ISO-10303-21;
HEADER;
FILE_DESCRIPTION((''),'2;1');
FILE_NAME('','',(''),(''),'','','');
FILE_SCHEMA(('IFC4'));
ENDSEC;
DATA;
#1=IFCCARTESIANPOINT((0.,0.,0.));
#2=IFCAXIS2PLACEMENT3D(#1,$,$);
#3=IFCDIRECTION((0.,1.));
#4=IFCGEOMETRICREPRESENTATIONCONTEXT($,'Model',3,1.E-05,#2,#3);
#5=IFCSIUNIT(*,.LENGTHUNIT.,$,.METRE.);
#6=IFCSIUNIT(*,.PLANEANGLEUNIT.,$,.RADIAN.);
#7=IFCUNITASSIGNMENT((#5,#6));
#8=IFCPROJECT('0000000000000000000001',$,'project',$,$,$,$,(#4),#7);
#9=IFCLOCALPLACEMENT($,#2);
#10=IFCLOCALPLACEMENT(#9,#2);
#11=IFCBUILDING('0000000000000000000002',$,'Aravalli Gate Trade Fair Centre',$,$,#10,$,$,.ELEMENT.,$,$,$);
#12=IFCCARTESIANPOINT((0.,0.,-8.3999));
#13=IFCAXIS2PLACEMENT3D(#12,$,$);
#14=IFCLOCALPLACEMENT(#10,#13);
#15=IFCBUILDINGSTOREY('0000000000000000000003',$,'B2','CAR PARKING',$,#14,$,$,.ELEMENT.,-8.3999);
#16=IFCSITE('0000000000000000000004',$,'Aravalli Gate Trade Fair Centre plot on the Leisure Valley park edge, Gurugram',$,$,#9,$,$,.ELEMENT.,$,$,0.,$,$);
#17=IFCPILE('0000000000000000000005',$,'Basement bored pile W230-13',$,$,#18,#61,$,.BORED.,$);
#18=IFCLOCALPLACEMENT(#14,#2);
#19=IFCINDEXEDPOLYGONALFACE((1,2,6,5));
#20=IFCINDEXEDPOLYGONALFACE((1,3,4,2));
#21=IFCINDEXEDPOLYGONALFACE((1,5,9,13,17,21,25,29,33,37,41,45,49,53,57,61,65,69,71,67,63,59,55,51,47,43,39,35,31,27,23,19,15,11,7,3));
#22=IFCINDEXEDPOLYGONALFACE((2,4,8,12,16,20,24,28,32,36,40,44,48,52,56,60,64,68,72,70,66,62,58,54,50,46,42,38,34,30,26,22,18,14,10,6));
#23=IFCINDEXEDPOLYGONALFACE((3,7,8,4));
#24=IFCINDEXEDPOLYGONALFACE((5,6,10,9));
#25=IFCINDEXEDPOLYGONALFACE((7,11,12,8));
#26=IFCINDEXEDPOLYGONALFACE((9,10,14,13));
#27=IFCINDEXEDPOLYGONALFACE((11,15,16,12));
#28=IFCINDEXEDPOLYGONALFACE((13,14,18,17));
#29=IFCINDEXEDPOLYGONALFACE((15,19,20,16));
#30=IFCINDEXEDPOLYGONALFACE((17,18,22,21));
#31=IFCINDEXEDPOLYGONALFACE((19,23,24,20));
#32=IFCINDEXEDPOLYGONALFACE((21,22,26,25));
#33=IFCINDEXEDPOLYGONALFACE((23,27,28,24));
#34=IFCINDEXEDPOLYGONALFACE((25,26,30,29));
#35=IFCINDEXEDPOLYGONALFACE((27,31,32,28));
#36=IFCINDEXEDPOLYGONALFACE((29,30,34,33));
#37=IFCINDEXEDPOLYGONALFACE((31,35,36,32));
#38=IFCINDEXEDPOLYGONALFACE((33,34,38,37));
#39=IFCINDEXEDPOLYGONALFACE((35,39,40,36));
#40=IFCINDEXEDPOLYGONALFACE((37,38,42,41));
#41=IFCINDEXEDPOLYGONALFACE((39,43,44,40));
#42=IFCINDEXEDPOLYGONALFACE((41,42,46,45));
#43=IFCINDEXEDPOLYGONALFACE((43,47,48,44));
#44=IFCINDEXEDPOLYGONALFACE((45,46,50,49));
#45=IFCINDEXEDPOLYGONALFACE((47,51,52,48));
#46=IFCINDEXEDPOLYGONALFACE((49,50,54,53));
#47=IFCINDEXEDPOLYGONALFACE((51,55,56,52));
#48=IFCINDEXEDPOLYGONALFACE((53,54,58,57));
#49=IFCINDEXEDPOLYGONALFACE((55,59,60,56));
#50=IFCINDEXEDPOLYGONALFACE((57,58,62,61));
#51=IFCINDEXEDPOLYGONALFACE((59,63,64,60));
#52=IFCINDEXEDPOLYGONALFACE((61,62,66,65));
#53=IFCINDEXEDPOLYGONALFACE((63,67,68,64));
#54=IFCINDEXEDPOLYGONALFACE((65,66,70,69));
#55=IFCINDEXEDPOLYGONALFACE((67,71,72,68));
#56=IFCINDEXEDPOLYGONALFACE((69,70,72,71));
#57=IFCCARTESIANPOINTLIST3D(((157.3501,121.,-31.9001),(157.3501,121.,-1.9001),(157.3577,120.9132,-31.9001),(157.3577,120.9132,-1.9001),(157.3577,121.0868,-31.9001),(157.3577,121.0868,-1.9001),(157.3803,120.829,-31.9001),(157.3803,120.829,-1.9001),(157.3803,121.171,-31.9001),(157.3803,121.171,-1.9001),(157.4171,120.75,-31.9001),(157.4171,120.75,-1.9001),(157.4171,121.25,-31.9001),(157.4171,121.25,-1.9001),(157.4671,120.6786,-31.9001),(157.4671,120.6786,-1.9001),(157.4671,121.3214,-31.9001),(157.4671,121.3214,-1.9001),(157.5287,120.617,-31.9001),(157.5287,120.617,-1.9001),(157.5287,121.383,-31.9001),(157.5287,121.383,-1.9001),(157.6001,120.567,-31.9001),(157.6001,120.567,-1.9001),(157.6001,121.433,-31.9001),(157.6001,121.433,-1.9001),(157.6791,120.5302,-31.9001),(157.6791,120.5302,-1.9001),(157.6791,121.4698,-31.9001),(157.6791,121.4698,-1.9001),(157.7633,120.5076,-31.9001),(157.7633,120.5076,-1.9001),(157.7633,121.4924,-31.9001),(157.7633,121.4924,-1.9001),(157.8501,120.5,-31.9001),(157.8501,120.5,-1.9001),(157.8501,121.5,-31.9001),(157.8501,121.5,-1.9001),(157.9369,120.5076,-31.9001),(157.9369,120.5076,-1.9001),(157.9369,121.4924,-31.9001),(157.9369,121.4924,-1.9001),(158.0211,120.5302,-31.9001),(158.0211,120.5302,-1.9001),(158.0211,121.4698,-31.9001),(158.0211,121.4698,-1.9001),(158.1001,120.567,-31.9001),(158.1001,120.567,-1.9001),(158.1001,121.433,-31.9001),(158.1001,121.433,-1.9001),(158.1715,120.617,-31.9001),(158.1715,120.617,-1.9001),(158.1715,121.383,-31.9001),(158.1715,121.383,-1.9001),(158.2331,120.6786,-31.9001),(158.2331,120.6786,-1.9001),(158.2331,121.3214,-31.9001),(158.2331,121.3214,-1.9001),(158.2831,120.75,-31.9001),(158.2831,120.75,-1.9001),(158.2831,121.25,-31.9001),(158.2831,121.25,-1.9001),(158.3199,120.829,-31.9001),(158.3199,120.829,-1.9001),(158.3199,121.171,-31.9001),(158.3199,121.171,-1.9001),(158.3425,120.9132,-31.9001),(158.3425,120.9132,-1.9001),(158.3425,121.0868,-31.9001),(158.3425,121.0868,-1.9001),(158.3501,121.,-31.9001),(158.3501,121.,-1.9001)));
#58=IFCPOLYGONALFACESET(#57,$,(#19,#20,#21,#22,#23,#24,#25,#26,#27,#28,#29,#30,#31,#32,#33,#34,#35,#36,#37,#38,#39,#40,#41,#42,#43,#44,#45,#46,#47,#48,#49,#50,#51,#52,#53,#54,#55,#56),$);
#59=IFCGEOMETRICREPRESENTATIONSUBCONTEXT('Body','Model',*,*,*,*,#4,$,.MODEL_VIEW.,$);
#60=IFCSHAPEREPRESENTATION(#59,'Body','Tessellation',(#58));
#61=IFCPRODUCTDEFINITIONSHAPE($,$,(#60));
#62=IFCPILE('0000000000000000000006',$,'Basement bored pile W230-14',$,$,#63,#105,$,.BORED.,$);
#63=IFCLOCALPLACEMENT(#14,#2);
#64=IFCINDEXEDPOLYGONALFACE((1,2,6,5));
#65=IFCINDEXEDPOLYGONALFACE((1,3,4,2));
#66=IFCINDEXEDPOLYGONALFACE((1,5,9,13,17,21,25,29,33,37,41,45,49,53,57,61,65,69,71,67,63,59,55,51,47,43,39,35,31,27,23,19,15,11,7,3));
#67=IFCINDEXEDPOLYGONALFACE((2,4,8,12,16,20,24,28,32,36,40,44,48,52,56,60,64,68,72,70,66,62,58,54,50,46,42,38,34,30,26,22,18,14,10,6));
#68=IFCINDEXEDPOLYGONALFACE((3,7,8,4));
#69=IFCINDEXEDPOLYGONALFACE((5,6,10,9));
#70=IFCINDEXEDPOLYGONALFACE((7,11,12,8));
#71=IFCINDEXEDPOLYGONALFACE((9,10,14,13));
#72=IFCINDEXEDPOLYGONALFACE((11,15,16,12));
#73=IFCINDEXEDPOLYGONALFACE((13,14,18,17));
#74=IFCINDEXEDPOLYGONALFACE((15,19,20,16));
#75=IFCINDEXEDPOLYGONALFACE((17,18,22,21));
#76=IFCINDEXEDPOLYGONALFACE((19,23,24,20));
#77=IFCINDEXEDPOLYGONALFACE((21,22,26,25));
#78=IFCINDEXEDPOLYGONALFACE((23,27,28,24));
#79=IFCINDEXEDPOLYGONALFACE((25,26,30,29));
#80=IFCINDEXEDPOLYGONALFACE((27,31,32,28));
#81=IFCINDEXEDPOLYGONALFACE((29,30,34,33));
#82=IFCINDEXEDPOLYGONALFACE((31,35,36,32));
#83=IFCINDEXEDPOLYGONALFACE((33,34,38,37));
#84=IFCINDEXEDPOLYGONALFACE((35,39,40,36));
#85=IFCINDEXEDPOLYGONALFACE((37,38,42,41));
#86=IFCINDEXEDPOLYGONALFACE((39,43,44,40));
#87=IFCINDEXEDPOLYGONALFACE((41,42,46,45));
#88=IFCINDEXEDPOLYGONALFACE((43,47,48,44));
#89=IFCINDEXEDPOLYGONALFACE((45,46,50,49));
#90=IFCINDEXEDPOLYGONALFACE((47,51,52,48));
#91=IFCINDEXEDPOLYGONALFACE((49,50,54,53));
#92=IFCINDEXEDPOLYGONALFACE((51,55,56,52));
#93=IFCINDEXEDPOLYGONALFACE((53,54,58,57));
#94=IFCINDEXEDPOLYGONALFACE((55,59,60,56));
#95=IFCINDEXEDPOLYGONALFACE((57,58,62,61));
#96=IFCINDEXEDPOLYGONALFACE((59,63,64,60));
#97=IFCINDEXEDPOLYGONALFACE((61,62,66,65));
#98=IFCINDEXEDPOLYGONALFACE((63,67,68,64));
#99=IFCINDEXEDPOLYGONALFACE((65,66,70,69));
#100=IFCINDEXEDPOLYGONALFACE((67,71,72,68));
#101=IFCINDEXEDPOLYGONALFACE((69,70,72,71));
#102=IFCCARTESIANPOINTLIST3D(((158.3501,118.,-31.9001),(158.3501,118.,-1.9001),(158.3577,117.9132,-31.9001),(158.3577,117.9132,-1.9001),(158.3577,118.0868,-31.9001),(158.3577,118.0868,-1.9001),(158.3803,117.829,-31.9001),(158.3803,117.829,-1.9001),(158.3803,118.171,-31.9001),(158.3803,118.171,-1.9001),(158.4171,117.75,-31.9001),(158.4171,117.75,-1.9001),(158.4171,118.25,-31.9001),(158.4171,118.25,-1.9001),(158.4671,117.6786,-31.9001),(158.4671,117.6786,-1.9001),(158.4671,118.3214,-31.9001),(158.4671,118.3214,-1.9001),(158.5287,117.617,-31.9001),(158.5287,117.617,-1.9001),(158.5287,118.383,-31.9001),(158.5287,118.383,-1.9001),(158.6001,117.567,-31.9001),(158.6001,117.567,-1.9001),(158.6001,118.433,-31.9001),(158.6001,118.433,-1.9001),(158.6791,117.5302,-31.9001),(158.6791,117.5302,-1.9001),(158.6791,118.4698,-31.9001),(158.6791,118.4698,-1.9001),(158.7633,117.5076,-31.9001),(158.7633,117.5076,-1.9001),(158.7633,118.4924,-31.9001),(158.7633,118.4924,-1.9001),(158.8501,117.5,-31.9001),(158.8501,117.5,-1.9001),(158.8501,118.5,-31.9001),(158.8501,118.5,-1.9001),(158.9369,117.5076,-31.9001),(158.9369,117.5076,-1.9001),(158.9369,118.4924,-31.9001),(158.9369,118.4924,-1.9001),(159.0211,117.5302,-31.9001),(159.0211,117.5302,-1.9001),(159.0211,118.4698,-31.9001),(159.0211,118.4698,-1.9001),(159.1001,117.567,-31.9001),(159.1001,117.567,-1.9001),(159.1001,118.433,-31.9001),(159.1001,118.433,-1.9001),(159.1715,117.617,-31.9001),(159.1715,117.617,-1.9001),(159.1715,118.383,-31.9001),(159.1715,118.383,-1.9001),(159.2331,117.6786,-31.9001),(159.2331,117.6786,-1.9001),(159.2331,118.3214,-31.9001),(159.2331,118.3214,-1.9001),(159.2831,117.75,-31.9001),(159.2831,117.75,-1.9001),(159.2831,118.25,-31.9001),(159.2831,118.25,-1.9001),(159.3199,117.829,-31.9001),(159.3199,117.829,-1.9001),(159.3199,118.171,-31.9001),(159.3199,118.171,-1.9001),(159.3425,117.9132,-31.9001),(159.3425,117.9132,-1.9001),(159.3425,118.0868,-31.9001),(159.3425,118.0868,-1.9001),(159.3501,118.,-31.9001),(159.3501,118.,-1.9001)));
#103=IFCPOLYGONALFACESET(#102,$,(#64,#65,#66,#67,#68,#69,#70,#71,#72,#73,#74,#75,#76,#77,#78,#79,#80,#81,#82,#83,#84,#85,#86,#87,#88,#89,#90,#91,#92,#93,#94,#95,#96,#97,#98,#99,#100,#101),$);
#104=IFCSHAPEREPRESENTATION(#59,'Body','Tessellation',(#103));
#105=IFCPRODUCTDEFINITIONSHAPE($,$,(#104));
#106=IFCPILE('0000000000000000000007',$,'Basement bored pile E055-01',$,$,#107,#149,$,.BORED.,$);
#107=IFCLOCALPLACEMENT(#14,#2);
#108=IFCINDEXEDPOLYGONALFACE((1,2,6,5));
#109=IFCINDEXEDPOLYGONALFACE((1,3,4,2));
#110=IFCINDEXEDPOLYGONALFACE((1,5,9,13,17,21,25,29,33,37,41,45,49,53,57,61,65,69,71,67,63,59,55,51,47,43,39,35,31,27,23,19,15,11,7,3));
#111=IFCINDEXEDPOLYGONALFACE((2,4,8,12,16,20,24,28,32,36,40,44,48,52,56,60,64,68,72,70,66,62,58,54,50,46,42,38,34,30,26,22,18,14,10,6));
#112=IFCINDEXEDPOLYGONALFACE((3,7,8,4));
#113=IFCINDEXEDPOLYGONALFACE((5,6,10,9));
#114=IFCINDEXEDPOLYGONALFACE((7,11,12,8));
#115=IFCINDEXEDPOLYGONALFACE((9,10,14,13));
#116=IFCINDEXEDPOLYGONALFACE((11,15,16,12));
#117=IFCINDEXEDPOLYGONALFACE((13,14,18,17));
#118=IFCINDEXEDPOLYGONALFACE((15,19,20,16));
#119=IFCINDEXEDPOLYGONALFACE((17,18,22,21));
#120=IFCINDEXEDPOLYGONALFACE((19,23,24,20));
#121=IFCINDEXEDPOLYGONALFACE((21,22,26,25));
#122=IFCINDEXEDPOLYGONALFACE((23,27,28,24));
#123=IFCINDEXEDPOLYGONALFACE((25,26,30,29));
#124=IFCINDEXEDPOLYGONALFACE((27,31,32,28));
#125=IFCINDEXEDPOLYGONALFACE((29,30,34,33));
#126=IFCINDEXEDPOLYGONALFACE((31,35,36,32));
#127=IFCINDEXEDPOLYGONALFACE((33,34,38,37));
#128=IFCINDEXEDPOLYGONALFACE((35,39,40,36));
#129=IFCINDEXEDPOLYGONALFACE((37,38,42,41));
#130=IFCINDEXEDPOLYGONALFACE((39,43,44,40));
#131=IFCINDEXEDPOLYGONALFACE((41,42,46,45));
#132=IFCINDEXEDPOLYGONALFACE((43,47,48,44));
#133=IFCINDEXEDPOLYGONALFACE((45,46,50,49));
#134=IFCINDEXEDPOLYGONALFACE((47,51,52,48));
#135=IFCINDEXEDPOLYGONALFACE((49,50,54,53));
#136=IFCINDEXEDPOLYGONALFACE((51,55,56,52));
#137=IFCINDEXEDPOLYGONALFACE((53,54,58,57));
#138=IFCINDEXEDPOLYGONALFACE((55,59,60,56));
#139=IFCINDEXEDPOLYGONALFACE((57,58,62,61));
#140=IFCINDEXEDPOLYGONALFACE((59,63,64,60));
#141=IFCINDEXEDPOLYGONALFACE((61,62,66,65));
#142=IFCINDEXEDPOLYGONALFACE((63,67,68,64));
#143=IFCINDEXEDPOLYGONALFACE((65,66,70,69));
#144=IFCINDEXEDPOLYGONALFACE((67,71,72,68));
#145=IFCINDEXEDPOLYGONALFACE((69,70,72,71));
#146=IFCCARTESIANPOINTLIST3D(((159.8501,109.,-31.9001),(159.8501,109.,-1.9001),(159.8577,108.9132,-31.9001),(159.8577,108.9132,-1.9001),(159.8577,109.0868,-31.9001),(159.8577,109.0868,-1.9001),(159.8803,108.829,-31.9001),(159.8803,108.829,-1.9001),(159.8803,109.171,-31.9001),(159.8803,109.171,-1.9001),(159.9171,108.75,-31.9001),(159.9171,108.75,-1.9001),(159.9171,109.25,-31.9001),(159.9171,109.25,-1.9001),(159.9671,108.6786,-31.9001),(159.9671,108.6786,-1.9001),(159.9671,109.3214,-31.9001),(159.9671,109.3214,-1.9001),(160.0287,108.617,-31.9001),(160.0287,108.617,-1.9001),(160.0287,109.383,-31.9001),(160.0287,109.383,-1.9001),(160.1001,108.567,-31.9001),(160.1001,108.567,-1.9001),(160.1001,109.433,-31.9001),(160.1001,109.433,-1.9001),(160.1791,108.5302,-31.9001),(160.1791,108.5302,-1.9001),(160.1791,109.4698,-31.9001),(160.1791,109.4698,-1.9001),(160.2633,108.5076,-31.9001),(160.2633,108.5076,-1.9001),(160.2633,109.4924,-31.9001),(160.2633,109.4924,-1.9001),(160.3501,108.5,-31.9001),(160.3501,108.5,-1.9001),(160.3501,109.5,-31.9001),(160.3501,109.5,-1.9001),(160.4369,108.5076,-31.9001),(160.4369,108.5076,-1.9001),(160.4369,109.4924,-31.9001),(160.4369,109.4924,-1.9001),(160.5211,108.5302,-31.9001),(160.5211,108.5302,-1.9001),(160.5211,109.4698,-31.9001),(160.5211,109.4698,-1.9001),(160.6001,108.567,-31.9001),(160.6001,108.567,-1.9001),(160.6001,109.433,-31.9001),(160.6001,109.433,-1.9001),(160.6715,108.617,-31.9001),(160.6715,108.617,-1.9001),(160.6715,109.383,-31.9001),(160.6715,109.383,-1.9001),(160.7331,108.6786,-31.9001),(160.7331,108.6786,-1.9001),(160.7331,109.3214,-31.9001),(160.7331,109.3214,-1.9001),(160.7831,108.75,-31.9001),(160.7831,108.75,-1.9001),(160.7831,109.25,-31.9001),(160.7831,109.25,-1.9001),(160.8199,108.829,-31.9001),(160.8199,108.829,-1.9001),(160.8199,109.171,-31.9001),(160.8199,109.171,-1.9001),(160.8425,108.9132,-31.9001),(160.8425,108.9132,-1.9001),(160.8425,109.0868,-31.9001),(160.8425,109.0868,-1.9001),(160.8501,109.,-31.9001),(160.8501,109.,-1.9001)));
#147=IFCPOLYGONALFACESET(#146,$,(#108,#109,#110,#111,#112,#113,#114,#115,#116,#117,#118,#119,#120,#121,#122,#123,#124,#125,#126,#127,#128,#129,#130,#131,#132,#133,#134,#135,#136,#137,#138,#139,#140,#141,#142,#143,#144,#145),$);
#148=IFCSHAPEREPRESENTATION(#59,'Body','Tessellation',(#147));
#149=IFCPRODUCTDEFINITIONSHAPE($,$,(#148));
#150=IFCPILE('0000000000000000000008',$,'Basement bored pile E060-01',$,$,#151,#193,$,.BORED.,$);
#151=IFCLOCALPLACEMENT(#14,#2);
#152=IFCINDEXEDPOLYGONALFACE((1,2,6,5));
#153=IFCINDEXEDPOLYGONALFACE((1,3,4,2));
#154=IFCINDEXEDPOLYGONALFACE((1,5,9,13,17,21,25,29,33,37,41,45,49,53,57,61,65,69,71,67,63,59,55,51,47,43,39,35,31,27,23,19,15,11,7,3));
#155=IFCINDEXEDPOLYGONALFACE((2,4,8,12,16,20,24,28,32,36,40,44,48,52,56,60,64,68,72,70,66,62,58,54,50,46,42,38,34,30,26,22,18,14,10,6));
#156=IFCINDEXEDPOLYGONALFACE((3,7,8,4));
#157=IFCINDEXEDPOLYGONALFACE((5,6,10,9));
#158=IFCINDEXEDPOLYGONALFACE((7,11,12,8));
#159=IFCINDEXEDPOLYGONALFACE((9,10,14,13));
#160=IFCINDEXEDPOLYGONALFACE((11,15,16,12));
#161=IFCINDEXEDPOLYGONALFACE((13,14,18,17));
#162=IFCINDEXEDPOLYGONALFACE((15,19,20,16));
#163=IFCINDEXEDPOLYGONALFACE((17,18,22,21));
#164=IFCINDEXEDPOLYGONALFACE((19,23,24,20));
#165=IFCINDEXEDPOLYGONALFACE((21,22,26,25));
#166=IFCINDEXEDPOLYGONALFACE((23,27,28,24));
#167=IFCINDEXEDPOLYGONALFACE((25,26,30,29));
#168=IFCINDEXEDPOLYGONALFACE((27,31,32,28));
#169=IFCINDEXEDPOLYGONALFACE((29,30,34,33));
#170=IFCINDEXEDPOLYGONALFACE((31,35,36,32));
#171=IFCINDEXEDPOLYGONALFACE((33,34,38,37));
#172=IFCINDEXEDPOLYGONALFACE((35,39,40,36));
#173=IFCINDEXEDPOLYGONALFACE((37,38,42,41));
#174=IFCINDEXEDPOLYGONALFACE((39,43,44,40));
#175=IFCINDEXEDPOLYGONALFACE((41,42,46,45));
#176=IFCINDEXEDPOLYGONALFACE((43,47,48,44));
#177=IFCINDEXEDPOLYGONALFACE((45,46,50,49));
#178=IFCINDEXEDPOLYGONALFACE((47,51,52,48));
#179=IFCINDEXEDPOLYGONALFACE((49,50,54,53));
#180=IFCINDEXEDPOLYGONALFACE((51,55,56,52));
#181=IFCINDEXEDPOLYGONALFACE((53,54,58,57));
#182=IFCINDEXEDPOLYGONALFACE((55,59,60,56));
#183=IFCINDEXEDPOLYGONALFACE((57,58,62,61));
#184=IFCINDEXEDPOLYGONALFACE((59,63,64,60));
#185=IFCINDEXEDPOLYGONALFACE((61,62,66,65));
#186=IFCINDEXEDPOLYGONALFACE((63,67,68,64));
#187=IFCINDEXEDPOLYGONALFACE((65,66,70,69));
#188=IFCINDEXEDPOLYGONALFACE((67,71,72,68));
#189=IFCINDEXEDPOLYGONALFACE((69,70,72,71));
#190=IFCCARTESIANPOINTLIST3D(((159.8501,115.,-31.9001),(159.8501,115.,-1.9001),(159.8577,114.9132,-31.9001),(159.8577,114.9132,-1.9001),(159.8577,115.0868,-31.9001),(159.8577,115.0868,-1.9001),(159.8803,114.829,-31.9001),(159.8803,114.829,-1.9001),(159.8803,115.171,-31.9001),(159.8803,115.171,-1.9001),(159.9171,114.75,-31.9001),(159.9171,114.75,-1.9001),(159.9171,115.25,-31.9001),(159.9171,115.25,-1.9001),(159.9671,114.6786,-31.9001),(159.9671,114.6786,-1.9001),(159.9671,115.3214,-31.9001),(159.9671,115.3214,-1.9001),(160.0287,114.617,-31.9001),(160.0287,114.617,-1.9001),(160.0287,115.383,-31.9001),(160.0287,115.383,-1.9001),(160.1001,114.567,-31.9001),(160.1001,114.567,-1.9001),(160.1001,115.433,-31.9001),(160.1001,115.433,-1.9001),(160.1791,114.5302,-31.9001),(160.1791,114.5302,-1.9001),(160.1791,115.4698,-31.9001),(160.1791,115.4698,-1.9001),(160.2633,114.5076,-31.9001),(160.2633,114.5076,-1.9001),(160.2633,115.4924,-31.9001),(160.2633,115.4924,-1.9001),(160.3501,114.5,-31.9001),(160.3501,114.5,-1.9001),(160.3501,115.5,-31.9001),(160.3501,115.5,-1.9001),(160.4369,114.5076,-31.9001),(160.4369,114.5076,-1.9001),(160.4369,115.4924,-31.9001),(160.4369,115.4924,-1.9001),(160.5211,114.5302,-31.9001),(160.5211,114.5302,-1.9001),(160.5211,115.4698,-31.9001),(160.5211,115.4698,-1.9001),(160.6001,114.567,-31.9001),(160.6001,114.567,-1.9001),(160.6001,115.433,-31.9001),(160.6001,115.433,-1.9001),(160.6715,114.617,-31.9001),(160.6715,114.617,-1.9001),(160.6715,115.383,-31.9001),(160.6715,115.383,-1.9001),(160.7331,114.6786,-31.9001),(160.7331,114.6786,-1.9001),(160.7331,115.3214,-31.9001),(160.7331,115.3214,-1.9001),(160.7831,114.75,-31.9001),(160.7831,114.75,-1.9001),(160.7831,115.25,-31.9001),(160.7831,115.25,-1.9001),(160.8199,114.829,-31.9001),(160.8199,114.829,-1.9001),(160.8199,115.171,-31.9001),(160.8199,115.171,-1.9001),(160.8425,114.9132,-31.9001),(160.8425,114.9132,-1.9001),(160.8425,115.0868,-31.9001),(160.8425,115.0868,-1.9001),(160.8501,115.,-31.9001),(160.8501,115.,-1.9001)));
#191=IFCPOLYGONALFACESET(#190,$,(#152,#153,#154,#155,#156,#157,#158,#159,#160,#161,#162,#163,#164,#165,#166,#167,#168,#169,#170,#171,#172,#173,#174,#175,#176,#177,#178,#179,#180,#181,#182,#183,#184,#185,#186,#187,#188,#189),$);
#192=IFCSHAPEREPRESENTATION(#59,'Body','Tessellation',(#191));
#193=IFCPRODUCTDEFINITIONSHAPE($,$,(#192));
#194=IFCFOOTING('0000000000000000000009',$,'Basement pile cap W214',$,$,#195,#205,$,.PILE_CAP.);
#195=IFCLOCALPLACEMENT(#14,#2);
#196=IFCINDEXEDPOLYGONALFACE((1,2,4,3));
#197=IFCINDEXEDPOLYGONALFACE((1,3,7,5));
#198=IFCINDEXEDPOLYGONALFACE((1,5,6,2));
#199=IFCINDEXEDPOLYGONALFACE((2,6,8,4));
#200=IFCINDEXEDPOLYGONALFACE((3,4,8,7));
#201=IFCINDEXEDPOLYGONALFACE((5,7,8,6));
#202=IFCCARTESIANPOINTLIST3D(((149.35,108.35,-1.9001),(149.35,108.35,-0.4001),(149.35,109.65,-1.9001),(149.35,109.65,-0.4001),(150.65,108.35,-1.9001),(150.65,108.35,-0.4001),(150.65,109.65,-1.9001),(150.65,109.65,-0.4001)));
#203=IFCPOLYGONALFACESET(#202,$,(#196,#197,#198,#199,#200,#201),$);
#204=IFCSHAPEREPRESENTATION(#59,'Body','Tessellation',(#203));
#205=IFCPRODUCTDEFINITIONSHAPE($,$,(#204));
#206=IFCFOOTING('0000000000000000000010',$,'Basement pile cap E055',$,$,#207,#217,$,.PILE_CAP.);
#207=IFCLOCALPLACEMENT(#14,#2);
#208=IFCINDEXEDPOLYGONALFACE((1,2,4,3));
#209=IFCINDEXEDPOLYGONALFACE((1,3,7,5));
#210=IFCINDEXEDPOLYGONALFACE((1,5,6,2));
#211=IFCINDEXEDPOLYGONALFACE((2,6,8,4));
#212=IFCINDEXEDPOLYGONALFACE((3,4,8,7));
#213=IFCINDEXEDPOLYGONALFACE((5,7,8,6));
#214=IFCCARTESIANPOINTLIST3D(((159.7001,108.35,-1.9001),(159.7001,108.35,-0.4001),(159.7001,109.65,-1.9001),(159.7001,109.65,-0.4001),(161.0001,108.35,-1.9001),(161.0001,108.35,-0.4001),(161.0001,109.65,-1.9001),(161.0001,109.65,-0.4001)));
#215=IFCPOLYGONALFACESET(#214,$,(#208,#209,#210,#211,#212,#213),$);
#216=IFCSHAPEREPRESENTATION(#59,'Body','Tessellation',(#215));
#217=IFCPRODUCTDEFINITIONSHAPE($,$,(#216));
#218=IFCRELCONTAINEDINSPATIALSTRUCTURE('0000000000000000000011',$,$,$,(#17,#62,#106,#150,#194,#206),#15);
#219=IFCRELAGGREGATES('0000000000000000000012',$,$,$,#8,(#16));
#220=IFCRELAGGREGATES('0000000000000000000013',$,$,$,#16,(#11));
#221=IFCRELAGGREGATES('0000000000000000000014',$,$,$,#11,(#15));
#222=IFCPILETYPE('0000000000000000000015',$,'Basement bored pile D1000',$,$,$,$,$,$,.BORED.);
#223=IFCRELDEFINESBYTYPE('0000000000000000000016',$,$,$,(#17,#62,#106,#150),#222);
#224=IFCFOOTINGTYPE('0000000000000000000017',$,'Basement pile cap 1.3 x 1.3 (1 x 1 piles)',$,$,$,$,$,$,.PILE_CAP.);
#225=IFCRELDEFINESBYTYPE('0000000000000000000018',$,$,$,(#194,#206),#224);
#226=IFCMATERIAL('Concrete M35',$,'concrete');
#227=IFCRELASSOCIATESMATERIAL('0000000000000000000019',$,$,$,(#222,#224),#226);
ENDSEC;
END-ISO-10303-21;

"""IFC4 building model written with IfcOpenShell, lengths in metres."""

from ifc_helpers import new_model, si_unit, direction, frame, origin, origin_2d, place, context, subcontext, project, spatial, rectangle, circle, extrude, material, material_profile, profile_set, type_object, element, save


model = new_model("IFC4")

# Units and contexts
model_context = context("Model", 3, precision=1e-05, world=origin(), true_north=direction((0.0, 1.0)))
body_context = subcontext(model_context, "Body", "Model", "MODEL_VIEW")
ifc_project = project(units=[si_unit("LENGTHUNIT", "METRE"), si_unit("PLANEANGLEUNIT", "RADIAN")], contexts=[model_context])

# Site, building, storey
site_placement = place(None, origin())
site = spatial("IfcSite", under=ifc_project, at=site_placement, Name="Aravalli Gate Trade Fair Centre plot on the Leisure Valley park edge, Gurugram", CompositionType="ELEMENT", RefElevation=0.0)
building_placement = place(site_placement, origin())
building = spatial("IfcBuilding", under=site, at=building_placement, Name="Aravalli Gate Trade Fair Centre", CompositionType="ELEMENT")
storey_placement = place(building_placement, frame((0.0, 0.0, -8.3999)))
storey = spatial("IfcBuildingStorey", under=building, at=storey_placement, Name="B2", Description="CAR PARKING", CompositionType="ELEMENT", Elevation=-8.3999)

# Piles
ifc_material_1 = material(Name="Concrete M35", Category="concrete")
ifc_material_profile_1 = material_profile(ifc_material_1, circle(Radius=0.5, at=origin_2d()), Name="D1000")
ifc_profile_set_1 = profile_set([ifc_material_profile_1], Name="Concrete M35")
pile_type = type_object("IfcPileType", Name="Basement bored pile D1000", PredefinedType="BORED", material=ifc_profile_set_1)
for number, where, z_axis, x_axis, name in (
    (1, (157.8501, 121.0, -1.9001), (0.0, 0.0, -1.0), (1.0, 0.0, 0.0), "Basement bored pile W230-13"),
    (2, (158.8501, 118.0, -1.9001), (0.0, 0.0, -1.0), (1.0, 0.0, 0.0), "Basement bored pile W230-14"),
    (3, (160.3501, 109.0, -1.9001), (0.0, 0.0, -1.0), (1.0, 0.0, 0.0), "Basement bored pile E055-01"),
    (4, (160.3501, 115.0, -1.9001), (0.0, 0.0, -1.0), (1.0, 0.0, 0.0), "Basement bored pile E060-01"),
):
    element("IfcPile", number, at=place(storey_placement, frame(where, z_axis=z_axis, x_axis=x_axis)), inside=storey, type_object=pile_type, Name=name, PredefinedType="BORED", context=body_context, shape_type="SweptSolid", body=[
        extrude(circle(Radius=0.5, at=origin_2d()), origin(), (0.0, 0.0, 1.0), 30.0),
    ])

# Footings
footing_type_1 = type_object("IfcFootingType", Name="Basement pile cap 1.3 x 1.3 (1 x 1 piles)", PredefinedType="PILE_CAP", material=ifc_material_1)
for number, where, z_axis, x_axis, name in (
    (5, (150.0, 109.0, -1.9001), (0.0, 0.0, 1.0), (1.0, 0.0, 0.0), "Basement pile cap W214"),
    (6, (160.3501, 109.0, -1.9001), (0.0, 0.0, 1.0), (1.0, 0.0, 0.0), "Basement pile cap E055"),
):
    element("IfcFooting", number, at=place(storey_placement, frame(where, z_axis=z_axis, x_axis=x_axis)), inside=storey, type_object=footing_type_1, Name=name, PredefinedType="PILE_CAP", context=body_context, shape_type="SweptSolid", body=[
        extrude(rectangle(XDim=1.3, YDim=1.3, at=origin_2d()), origin(), (0.0, 0.0, 1.0), 1.5),
    ])

save(model, "model.ifc")
